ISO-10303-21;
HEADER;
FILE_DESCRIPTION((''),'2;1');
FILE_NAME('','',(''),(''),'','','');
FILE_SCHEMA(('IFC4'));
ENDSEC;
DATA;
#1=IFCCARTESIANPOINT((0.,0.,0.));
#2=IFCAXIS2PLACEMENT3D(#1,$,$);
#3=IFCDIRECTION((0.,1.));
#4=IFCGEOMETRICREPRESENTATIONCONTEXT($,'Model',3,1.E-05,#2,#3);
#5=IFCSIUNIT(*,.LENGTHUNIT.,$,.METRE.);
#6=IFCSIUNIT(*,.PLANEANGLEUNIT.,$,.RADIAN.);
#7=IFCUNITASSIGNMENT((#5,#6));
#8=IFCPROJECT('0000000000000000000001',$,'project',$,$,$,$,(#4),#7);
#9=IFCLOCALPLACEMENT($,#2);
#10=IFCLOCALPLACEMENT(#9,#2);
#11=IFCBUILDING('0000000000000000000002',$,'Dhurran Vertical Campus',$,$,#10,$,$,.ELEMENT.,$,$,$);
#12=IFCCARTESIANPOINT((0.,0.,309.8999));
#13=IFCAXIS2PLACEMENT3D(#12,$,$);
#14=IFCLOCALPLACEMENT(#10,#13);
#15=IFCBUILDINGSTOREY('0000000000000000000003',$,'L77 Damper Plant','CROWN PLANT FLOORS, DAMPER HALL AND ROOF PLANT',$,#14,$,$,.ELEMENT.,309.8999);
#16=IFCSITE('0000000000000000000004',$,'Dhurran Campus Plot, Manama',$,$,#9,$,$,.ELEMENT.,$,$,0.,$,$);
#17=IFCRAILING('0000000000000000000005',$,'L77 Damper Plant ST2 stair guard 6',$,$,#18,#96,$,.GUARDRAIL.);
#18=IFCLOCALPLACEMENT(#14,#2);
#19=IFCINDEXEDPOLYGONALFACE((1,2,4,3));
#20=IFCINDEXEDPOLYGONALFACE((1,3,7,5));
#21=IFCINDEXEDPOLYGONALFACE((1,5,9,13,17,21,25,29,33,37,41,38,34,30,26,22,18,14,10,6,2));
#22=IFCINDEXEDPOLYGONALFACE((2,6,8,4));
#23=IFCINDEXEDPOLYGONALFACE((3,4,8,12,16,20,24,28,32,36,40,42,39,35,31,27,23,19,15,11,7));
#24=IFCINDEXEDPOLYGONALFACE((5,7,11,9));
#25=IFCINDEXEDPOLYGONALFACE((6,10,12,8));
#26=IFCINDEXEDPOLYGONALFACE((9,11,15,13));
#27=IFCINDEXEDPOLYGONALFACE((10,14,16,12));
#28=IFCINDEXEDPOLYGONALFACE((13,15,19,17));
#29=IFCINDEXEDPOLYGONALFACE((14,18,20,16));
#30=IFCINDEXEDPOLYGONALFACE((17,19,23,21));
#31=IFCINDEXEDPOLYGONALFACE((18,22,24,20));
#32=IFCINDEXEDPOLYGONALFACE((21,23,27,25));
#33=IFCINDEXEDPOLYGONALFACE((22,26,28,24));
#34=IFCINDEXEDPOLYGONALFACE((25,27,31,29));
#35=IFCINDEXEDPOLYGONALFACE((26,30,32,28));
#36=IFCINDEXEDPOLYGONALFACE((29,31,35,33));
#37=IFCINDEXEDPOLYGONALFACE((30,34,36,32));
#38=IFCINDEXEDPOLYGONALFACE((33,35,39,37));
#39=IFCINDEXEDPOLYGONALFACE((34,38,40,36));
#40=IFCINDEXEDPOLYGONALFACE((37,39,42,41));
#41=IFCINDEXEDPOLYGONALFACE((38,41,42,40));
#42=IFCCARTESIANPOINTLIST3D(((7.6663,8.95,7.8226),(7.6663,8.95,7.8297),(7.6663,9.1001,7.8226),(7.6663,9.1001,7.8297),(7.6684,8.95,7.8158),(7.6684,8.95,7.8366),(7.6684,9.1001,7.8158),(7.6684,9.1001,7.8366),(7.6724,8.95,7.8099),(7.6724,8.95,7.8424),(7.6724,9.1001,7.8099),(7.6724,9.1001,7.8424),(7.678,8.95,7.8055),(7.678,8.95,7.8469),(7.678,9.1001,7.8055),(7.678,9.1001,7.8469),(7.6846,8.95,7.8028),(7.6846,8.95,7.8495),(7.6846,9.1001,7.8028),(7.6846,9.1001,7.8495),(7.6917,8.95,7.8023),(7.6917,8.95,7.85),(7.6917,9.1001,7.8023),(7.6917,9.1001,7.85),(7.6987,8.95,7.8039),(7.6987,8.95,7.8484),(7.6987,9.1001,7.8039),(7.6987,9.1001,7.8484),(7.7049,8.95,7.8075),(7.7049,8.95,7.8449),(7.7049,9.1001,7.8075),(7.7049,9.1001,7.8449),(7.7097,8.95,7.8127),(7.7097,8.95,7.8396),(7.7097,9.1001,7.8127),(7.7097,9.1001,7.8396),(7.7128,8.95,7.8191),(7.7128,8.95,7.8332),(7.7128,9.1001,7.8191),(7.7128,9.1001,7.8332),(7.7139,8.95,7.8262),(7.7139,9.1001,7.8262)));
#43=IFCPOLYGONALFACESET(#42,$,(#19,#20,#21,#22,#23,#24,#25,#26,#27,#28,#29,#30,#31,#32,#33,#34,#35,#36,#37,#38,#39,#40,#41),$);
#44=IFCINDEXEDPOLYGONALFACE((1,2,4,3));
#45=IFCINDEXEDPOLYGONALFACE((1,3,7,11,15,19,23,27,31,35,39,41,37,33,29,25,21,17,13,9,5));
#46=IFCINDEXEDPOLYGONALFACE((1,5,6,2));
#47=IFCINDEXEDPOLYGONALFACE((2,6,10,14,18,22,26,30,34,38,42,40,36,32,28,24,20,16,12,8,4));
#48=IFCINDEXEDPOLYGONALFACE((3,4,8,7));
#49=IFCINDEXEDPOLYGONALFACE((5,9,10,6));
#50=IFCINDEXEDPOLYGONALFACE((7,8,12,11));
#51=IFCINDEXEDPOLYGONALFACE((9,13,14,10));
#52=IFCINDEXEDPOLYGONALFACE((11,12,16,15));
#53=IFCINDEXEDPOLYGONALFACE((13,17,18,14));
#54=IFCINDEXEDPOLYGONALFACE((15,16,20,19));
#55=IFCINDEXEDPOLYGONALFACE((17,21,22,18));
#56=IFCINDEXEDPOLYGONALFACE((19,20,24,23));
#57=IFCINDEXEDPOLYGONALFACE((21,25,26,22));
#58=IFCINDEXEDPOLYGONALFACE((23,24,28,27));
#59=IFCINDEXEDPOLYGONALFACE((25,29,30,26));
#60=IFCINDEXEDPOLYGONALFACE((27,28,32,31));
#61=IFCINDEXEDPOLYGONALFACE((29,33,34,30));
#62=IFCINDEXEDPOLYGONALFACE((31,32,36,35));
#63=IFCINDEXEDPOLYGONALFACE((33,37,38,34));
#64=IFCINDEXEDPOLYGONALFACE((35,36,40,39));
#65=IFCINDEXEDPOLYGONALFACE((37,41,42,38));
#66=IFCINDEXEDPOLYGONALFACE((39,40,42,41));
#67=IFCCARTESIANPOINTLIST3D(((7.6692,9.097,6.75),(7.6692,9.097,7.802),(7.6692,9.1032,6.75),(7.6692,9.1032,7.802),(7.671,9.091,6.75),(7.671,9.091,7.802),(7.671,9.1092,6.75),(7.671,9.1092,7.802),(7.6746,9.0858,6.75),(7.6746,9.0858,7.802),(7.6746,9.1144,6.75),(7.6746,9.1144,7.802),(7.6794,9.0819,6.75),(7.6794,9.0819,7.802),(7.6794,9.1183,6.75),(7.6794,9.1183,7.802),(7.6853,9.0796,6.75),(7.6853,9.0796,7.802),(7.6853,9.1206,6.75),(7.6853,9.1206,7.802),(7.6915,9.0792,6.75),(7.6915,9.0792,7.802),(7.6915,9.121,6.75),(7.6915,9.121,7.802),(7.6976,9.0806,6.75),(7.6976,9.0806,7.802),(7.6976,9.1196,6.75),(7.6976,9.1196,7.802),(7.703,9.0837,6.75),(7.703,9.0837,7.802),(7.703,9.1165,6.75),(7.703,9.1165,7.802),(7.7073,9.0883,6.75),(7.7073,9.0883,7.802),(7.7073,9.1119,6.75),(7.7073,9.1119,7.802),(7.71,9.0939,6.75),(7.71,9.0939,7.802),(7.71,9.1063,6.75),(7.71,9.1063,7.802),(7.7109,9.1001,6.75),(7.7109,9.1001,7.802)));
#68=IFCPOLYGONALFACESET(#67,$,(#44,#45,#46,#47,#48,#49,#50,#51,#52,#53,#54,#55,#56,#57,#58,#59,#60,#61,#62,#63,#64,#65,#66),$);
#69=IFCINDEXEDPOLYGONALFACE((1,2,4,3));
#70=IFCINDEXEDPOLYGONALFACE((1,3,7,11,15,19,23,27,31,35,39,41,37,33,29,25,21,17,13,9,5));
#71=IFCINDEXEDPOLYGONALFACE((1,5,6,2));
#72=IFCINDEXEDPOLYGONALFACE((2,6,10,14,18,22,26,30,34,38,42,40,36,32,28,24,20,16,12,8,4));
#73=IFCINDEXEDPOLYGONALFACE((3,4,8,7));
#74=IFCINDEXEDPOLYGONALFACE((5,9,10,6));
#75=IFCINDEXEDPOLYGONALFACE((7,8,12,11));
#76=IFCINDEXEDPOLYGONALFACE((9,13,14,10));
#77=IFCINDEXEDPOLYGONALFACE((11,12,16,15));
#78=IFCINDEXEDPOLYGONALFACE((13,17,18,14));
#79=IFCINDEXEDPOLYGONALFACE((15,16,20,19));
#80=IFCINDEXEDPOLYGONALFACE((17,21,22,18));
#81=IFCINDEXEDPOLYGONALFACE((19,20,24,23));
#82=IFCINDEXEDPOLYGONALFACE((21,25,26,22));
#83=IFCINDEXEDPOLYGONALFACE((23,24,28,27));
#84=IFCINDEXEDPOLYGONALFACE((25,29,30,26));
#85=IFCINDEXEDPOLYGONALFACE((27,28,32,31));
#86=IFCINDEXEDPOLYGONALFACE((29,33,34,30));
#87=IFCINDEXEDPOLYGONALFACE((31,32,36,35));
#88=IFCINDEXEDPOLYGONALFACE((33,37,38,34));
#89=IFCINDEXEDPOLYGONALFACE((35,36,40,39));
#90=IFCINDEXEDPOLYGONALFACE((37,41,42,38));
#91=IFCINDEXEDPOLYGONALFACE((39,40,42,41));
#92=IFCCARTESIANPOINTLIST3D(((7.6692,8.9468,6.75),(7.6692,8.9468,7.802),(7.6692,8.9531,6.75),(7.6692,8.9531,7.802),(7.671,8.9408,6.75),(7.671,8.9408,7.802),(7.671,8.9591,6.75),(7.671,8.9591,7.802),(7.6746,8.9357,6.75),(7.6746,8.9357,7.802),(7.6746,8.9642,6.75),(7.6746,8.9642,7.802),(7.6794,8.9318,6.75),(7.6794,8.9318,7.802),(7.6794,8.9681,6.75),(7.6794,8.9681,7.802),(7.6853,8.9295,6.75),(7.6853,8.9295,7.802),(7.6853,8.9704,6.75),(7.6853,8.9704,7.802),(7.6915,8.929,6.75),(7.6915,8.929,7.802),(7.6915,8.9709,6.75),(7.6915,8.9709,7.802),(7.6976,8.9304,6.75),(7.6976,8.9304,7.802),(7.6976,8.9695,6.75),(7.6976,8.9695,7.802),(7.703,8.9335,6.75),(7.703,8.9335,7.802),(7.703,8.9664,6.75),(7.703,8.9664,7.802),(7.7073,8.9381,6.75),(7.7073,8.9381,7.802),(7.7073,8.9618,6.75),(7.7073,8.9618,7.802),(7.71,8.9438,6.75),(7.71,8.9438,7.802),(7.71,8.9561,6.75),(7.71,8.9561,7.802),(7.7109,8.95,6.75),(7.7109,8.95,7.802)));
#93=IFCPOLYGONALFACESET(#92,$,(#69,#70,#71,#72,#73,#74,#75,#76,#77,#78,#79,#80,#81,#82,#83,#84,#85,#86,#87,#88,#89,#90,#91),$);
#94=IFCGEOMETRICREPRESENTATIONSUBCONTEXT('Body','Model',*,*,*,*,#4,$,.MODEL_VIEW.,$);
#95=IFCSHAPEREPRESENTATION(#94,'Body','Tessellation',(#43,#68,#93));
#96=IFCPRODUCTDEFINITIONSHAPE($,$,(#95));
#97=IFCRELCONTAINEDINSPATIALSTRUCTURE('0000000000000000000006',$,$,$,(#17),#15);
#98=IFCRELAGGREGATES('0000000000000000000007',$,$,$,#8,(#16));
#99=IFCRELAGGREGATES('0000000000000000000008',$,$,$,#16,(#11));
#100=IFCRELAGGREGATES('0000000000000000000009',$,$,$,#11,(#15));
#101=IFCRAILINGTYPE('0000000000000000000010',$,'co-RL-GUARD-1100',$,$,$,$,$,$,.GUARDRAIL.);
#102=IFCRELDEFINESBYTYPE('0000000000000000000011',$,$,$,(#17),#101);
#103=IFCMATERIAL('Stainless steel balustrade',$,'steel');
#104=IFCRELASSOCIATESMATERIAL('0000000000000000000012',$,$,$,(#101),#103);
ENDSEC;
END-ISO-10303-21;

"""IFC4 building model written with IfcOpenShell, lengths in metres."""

from ifc_helpers import new_model, si_unit, direction, frame, origin, origin_2d, place, context, subcontext, project, spatial, circle, extrude, material, type_object, element, save


model = new_model("IFC4")

# Units and contexts
model_context = context("Model", 3, precision=1e-05, world=origin(), true_north=direction((0.0, 1.0)))
body_context = subcontext(model_context, "Body", "Model", "MODEL_VIEW")
ifc_project = project(units=[si_unit("LENGTHUNIT", "METRE"), si_unit("PLANEANGLEUNIT", "RADIAN")], contexts=[model_context])

# Site, building, storey
site_placement = place(None, origin())
site = spatial("IfcSite", under=ifc_project, at=site_placement, Name="Dhurran Campus Plot, Manama", CompositionType="ELEMENT", RefElevation=0.0)
building_placement = place(site_placement, origin())
building = spatial("IfcBuilding", under=site, at=building_placement, Name="Dhurran Vertical Campus", CompositionType="ELEMENT")
storey_placement = place(building_placement, frame((0.0, 0.0, 309.8999)))
storey = spatial("IfcBuildingStorey", under=building, at=storey_placement, Name="L77 Damper Plant", Description="CROWN PLANT FLOORS, DAMPER HALL AND ROOF PLANT", CompositionType="ELEMENT", Elevation=309.8999)

# Railing
ifc_material_1 = material(Name="Stainless steel balustrade", Category="steel")
railing_type = type_object("IfcRailingType", Name="co-RL-GUARD-1100", PredefinedType="GUARDRAIL", material=ifc_material_1)
railing_1_placement = place(storey_placement, frame((7.6899, 9.1001, 6.75)))
element("IfcRailing", 1, at=railing_1_placement, inside=storey, type_object=railing_type, Name="L77 Damper Plant ST2 stair guard 6", PredefinedType="GUARDRAIL", context=body_context, shape_type="SweptSolid", body=[
    extrude(circle(Radius=0.0239, at=origin_2d()), frame((0.0, 0.0, 1.0762), z_axis=(0.0, -1.0, 0.0), x_axis=(1.0, 0.0, 0.0)), (0.0, 0.0, 1.0), 0.1501),
    extrude(circle(Radius=0.021, at=origin_2d()), origin(), (0.0, 0.0, 1.0), 1.052),
    extrude(circle(Radius=0.021, at=origin_2d()), frame((0.0, -0.1501, 0.0)), (0.0, 0.0, 1.0), 1.052),
])

save(model, "model.ifc")
